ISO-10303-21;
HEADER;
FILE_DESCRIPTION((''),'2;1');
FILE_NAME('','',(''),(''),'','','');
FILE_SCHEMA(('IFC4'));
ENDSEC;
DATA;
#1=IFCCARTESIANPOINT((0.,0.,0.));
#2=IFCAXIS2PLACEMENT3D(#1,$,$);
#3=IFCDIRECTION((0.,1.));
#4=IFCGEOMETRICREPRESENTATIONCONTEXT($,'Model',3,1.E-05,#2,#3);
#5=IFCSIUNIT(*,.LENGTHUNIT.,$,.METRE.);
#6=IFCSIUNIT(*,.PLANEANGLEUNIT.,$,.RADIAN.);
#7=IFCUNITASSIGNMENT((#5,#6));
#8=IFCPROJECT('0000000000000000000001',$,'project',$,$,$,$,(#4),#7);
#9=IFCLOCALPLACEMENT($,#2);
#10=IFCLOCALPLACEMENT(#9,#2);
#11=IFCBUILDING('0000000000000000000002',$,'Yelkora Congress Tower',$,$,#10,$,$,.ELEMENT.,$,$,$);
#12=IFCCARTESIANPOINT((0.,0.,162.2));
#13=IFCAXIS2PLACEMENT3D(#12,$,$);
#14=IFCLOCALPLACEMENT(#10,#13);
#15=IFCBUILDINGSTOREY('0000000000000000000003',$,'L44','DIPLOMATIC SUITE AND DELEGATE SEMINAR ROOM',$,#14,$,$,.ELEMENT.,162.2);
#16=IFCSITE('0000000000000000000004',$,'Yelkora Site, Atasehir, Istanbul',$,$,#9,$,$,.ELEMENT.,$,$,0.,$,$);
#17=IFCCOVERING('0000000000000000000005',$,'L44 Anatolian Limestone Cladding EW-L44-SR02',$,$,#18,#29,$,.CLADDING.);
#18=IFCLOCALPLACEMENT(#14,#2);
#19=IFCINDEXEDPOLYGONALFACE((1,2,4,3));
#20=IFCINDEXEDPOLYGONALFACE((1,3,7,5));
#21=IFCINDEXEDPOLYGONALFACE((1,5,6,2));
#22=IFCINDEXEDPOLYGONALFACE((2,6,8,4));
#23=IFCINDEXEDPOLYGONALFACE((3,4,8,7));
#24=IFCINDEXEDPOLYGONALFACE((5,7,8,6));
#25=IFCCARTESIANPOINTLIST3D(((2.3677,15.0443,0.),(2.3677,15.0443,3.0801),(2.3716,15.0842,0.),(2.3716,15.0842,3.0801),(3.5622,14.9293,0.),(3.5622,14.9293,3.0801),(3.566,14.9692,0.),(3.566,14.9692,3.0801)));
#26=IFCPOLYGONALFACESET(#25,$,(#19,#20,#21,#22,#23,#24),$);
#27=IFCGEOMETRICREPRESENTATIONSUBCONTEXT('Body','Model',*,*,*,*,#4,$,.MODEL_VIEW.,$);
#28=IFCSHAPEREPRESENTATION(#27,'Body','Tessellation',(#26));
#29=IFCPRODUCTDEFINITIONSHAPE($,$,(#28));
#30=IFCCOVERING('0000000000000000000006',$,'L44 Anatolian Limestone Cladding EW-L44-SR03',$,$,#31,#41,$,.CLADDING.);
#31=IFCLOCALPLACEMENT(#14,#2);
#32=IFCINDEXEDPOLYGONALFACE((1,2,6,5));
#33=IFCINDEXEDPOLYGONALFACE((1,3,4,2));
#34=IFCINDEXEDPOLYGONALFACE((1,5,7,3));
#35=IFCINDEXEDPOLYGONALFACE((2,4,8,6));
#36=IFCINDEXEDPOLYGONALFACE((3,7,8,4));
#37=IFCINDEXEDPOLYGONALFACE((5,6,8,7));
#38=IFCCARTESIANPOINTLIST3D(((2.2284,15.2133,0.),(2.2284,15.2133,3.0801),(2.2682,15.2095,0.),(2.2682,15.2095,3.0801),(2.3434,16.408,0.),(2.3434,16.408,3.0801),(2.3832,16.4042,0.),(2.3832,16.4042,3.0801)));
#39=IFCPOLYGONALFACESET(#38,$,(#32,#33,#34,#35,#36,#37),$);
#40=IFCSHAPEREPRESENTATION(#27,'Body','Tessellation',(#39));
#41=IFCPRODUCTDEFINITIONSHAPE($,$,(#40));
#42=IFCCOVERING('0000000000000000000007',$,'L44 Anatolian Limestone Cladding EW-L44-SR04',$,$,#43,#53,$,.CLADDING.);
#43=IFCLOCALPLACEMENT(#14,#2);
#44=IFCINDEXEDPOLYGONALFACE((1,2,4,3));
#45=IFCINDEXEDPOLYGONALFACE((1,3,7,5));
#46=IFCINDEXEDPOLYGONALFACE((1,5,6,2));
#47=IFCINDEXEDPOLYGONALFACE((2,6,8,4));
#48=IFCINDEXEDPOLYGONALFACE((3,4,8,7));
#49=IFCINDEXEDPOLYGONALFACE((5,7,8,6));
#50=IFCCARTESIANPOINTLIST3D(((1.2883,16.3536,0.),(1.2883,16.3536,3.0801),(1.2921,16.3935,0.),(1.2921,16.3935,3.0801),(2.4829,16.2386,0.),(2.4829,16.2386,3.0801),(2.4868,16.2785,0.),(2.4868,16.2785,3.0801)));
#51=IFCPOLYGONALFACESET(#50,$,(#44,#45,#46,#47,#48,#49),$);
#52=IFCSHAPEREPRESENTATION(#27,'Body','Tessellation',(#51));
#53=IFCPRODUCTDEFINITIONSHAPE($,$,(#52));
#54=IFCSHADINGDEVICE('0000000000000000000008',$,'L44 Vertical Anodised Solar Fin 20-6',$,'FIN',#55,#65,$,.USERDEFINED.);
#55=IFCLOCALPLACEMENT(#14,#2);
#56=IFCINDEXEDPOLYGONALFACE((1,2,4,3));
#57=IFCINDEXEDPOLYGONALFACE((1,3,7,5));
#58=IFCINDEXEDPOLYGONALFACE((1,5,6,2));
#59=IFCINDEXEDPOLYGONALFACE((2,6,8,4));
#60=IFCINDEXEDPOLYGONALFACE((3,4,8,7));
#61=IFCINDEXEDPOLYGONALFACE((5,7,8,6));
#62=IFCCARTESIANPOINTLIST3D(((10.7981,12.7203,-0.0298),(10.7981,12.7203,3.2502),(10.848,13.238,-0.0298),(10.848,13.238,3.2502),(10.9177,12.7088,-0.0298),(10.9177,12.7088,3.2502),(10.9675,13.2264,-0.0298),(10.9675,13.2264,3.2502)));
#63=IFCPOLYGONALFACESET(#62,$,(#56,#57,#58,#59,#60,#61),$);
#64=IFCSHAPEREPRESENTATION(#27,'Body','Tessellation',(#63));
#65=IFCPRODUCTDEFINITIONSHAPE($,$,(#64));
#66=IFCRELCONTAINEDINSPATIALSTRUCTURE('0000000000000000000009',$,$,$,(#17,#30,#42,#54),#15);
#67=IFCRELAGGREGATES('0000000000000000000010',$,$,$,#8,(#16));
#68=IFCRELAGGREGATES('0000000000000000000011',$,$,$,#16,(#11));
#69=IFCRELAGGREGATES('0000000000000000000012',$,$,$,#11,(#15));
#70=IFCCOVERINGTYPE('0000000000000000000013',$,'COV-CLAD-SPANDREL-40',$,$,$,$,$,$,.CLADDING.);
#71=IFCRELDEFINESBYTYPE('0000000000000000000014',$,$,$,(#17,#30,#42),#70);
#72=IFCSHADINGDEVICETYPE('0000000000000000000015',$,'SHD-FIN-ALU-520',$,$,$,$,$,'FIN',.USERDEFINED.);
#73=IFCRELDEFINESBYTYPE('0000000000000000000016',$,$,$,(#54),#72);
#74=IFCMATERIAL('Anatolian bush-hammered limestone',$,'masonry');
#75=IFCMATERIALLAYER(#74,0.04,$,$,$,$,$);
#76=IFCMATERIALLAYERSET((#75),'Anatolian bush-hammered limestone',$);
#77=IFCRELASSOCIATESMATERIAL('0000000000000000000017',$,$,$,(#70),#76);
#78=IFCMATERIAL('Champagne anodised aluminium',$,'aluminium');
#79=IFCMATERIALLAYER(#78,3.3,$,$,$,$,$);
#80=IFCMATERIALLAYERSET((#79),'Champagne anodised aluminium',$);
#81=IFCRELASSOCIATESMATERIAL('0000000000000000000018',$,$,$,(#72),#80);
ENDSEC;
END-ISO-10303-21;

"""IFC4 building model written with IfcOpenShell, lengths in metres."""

from ifc_helpers import new_model, si_unit, direction, frame, frame_2d, origin, origin_2d, place, context, subcontext, project, spatial, rectangle, extrude, material, layer, layer_set, type_object, element, save


model = new_model("IFC4")

# Units and contexts
model_context = context("Model", 3, precision=1e-05, world=origin(), true_north=direction((0.0, 1.0)))
body_context = subcontext(model_context, "Body", "Model", "MODEL_VIEW")
ifc_project = project(units=[si_unit("LENGTHUNIT", "METRE"), si_unit("PLANEANGLEUNIT", "RADIAN")], contexts=[model_context])

# Site, building, storey
site_placement = place(None, origin())
site = spatial("IfcSite", under=ifc_project, at=site_placement, Name="Yelkora Site, Atasehir, Istanbul", CompositionType="ELEMENT", RefElevation=0.0)
building_placement = place(site_placement, origin())
building = spatial("IfcBuilding", under=site, at=building_placement, Name="Yelkora Congress Tower", CompositionType="ELEMENT")
storey_placement = place(building_placement, frame((0.0, 0.0, 162.2)))
storey = spatial("IfcBuildingStorey", under=building, at=storey_placement, Name="L44", Description="DIPLOMATIC SUITE AND DELEGATE SEMINAR ROOM", CompositionType="ELEMENT", Elevation=162.2)

# Coverings
ifc_material_1 = material(Name="Anatolian bush-hammered limestone", Category="masonry")
ifc_layer_1 = layer(ifc_material_1, 0.04)
ifc_layer_set_1 = layer_set([ifc_layer_1], Name="Anatolian bush-hammered limestone")
covering_type = type_object("IfcCoveringType", Name="COV-CLAD-SPANDREL-40", PredefinedType="CLADDING", material=ifc_layer_set_1)
covering_1_placement = place(storey_placement, frame((3.5642, 14.9492, 0.0), z_axis=(0.0, 0.0, 1.0), x_axis=(-0.995397, 0.095836, 0.0)))
element("IfcCovering", 1, at=covering_1_placement, inside=storey, type_object=covering_type, Name="L44 Anatolian Limestone Cladding EW-L44-SR02", PredefinedType="CLADDING", context=body_context, shape_type="SweptSolid", body=[
    extrude(rectangle(XDim=1.2, YDim=0.04, at=frame_2d((0.6001, 0.0))), origin(), (0.0, 0.0, 1.0), 3.0801),
])
for number, where, z_axis, x_axis, name in (
    (2, (2.2483, 15.2114, 0.0), (0.0, 0.0, 1.0), (0.095817, 0.995399, 0.0), "L44 Anatolian Limestone Cladding EW-L44-SR03"),
    (3, (2.4849, 16.2585, 0.0), (0.0, 0.0, 1.0), (-0.995399, 0.095817, 0.0), "L44 Anatolian Limestone Cladding EW-L44-SR04"),
):
    element("IfcCovering", number, at=place(storey_placement, frame(where, z_axis=z_axis, x_axis=x_axis)), inside=storey, type_object=covering_type, Name=name, PredefinedType="CLADDING", context=body_context, shape_type="SweptSolid", body=[
        extrude(rectangle(XDim=1.2002, YDim=0.04, at=frame_2d((0.6001, 0.0))), origin(), (0.0, 0.0, 1.0), 3.0801),
    ])

# Shading device
ifc_material_2 = material(Name="Champagne anodised aluminium", Category="aluminium")
ifc_layer_2 = layer(ifc_material_2, 3.3)
ifc_layer_set_2 = layer_set([ifc_layer_2], Name="Champagne anodised aluminium")
shading_device_type = type_object("IfcShadingDeviceType", Name="SHD-FIN-ALU-520", ElementType="FIN", PredefinedType="USERDEFINED", material=ifc_layer_set_2)
shading_device_placement = place(storey_placement, frame((10.8828, 12.9734, -0.0298), z_axis=(0.0, 0.0, 1.0), x_axis=(-0.995396, 0.095846, 0.0)))
element("IfcShadingDevice", 4, at=shading_device_placement, inside=storey, type_object=shading_device_type, Name="L44 Vertical Anodised Solar Fin 20-6", ObjectType="FIN", PredefinedType="USERDEFINED", context=body_context, shape_type="SweptSolid", body=[
    extrude(rectangle(XDim=0.1201, YDim=0.52, at=origin_2d()), origin(), (0.0, 0.0, 1.0), 3.28),
])

save(model, "model.ifc")
